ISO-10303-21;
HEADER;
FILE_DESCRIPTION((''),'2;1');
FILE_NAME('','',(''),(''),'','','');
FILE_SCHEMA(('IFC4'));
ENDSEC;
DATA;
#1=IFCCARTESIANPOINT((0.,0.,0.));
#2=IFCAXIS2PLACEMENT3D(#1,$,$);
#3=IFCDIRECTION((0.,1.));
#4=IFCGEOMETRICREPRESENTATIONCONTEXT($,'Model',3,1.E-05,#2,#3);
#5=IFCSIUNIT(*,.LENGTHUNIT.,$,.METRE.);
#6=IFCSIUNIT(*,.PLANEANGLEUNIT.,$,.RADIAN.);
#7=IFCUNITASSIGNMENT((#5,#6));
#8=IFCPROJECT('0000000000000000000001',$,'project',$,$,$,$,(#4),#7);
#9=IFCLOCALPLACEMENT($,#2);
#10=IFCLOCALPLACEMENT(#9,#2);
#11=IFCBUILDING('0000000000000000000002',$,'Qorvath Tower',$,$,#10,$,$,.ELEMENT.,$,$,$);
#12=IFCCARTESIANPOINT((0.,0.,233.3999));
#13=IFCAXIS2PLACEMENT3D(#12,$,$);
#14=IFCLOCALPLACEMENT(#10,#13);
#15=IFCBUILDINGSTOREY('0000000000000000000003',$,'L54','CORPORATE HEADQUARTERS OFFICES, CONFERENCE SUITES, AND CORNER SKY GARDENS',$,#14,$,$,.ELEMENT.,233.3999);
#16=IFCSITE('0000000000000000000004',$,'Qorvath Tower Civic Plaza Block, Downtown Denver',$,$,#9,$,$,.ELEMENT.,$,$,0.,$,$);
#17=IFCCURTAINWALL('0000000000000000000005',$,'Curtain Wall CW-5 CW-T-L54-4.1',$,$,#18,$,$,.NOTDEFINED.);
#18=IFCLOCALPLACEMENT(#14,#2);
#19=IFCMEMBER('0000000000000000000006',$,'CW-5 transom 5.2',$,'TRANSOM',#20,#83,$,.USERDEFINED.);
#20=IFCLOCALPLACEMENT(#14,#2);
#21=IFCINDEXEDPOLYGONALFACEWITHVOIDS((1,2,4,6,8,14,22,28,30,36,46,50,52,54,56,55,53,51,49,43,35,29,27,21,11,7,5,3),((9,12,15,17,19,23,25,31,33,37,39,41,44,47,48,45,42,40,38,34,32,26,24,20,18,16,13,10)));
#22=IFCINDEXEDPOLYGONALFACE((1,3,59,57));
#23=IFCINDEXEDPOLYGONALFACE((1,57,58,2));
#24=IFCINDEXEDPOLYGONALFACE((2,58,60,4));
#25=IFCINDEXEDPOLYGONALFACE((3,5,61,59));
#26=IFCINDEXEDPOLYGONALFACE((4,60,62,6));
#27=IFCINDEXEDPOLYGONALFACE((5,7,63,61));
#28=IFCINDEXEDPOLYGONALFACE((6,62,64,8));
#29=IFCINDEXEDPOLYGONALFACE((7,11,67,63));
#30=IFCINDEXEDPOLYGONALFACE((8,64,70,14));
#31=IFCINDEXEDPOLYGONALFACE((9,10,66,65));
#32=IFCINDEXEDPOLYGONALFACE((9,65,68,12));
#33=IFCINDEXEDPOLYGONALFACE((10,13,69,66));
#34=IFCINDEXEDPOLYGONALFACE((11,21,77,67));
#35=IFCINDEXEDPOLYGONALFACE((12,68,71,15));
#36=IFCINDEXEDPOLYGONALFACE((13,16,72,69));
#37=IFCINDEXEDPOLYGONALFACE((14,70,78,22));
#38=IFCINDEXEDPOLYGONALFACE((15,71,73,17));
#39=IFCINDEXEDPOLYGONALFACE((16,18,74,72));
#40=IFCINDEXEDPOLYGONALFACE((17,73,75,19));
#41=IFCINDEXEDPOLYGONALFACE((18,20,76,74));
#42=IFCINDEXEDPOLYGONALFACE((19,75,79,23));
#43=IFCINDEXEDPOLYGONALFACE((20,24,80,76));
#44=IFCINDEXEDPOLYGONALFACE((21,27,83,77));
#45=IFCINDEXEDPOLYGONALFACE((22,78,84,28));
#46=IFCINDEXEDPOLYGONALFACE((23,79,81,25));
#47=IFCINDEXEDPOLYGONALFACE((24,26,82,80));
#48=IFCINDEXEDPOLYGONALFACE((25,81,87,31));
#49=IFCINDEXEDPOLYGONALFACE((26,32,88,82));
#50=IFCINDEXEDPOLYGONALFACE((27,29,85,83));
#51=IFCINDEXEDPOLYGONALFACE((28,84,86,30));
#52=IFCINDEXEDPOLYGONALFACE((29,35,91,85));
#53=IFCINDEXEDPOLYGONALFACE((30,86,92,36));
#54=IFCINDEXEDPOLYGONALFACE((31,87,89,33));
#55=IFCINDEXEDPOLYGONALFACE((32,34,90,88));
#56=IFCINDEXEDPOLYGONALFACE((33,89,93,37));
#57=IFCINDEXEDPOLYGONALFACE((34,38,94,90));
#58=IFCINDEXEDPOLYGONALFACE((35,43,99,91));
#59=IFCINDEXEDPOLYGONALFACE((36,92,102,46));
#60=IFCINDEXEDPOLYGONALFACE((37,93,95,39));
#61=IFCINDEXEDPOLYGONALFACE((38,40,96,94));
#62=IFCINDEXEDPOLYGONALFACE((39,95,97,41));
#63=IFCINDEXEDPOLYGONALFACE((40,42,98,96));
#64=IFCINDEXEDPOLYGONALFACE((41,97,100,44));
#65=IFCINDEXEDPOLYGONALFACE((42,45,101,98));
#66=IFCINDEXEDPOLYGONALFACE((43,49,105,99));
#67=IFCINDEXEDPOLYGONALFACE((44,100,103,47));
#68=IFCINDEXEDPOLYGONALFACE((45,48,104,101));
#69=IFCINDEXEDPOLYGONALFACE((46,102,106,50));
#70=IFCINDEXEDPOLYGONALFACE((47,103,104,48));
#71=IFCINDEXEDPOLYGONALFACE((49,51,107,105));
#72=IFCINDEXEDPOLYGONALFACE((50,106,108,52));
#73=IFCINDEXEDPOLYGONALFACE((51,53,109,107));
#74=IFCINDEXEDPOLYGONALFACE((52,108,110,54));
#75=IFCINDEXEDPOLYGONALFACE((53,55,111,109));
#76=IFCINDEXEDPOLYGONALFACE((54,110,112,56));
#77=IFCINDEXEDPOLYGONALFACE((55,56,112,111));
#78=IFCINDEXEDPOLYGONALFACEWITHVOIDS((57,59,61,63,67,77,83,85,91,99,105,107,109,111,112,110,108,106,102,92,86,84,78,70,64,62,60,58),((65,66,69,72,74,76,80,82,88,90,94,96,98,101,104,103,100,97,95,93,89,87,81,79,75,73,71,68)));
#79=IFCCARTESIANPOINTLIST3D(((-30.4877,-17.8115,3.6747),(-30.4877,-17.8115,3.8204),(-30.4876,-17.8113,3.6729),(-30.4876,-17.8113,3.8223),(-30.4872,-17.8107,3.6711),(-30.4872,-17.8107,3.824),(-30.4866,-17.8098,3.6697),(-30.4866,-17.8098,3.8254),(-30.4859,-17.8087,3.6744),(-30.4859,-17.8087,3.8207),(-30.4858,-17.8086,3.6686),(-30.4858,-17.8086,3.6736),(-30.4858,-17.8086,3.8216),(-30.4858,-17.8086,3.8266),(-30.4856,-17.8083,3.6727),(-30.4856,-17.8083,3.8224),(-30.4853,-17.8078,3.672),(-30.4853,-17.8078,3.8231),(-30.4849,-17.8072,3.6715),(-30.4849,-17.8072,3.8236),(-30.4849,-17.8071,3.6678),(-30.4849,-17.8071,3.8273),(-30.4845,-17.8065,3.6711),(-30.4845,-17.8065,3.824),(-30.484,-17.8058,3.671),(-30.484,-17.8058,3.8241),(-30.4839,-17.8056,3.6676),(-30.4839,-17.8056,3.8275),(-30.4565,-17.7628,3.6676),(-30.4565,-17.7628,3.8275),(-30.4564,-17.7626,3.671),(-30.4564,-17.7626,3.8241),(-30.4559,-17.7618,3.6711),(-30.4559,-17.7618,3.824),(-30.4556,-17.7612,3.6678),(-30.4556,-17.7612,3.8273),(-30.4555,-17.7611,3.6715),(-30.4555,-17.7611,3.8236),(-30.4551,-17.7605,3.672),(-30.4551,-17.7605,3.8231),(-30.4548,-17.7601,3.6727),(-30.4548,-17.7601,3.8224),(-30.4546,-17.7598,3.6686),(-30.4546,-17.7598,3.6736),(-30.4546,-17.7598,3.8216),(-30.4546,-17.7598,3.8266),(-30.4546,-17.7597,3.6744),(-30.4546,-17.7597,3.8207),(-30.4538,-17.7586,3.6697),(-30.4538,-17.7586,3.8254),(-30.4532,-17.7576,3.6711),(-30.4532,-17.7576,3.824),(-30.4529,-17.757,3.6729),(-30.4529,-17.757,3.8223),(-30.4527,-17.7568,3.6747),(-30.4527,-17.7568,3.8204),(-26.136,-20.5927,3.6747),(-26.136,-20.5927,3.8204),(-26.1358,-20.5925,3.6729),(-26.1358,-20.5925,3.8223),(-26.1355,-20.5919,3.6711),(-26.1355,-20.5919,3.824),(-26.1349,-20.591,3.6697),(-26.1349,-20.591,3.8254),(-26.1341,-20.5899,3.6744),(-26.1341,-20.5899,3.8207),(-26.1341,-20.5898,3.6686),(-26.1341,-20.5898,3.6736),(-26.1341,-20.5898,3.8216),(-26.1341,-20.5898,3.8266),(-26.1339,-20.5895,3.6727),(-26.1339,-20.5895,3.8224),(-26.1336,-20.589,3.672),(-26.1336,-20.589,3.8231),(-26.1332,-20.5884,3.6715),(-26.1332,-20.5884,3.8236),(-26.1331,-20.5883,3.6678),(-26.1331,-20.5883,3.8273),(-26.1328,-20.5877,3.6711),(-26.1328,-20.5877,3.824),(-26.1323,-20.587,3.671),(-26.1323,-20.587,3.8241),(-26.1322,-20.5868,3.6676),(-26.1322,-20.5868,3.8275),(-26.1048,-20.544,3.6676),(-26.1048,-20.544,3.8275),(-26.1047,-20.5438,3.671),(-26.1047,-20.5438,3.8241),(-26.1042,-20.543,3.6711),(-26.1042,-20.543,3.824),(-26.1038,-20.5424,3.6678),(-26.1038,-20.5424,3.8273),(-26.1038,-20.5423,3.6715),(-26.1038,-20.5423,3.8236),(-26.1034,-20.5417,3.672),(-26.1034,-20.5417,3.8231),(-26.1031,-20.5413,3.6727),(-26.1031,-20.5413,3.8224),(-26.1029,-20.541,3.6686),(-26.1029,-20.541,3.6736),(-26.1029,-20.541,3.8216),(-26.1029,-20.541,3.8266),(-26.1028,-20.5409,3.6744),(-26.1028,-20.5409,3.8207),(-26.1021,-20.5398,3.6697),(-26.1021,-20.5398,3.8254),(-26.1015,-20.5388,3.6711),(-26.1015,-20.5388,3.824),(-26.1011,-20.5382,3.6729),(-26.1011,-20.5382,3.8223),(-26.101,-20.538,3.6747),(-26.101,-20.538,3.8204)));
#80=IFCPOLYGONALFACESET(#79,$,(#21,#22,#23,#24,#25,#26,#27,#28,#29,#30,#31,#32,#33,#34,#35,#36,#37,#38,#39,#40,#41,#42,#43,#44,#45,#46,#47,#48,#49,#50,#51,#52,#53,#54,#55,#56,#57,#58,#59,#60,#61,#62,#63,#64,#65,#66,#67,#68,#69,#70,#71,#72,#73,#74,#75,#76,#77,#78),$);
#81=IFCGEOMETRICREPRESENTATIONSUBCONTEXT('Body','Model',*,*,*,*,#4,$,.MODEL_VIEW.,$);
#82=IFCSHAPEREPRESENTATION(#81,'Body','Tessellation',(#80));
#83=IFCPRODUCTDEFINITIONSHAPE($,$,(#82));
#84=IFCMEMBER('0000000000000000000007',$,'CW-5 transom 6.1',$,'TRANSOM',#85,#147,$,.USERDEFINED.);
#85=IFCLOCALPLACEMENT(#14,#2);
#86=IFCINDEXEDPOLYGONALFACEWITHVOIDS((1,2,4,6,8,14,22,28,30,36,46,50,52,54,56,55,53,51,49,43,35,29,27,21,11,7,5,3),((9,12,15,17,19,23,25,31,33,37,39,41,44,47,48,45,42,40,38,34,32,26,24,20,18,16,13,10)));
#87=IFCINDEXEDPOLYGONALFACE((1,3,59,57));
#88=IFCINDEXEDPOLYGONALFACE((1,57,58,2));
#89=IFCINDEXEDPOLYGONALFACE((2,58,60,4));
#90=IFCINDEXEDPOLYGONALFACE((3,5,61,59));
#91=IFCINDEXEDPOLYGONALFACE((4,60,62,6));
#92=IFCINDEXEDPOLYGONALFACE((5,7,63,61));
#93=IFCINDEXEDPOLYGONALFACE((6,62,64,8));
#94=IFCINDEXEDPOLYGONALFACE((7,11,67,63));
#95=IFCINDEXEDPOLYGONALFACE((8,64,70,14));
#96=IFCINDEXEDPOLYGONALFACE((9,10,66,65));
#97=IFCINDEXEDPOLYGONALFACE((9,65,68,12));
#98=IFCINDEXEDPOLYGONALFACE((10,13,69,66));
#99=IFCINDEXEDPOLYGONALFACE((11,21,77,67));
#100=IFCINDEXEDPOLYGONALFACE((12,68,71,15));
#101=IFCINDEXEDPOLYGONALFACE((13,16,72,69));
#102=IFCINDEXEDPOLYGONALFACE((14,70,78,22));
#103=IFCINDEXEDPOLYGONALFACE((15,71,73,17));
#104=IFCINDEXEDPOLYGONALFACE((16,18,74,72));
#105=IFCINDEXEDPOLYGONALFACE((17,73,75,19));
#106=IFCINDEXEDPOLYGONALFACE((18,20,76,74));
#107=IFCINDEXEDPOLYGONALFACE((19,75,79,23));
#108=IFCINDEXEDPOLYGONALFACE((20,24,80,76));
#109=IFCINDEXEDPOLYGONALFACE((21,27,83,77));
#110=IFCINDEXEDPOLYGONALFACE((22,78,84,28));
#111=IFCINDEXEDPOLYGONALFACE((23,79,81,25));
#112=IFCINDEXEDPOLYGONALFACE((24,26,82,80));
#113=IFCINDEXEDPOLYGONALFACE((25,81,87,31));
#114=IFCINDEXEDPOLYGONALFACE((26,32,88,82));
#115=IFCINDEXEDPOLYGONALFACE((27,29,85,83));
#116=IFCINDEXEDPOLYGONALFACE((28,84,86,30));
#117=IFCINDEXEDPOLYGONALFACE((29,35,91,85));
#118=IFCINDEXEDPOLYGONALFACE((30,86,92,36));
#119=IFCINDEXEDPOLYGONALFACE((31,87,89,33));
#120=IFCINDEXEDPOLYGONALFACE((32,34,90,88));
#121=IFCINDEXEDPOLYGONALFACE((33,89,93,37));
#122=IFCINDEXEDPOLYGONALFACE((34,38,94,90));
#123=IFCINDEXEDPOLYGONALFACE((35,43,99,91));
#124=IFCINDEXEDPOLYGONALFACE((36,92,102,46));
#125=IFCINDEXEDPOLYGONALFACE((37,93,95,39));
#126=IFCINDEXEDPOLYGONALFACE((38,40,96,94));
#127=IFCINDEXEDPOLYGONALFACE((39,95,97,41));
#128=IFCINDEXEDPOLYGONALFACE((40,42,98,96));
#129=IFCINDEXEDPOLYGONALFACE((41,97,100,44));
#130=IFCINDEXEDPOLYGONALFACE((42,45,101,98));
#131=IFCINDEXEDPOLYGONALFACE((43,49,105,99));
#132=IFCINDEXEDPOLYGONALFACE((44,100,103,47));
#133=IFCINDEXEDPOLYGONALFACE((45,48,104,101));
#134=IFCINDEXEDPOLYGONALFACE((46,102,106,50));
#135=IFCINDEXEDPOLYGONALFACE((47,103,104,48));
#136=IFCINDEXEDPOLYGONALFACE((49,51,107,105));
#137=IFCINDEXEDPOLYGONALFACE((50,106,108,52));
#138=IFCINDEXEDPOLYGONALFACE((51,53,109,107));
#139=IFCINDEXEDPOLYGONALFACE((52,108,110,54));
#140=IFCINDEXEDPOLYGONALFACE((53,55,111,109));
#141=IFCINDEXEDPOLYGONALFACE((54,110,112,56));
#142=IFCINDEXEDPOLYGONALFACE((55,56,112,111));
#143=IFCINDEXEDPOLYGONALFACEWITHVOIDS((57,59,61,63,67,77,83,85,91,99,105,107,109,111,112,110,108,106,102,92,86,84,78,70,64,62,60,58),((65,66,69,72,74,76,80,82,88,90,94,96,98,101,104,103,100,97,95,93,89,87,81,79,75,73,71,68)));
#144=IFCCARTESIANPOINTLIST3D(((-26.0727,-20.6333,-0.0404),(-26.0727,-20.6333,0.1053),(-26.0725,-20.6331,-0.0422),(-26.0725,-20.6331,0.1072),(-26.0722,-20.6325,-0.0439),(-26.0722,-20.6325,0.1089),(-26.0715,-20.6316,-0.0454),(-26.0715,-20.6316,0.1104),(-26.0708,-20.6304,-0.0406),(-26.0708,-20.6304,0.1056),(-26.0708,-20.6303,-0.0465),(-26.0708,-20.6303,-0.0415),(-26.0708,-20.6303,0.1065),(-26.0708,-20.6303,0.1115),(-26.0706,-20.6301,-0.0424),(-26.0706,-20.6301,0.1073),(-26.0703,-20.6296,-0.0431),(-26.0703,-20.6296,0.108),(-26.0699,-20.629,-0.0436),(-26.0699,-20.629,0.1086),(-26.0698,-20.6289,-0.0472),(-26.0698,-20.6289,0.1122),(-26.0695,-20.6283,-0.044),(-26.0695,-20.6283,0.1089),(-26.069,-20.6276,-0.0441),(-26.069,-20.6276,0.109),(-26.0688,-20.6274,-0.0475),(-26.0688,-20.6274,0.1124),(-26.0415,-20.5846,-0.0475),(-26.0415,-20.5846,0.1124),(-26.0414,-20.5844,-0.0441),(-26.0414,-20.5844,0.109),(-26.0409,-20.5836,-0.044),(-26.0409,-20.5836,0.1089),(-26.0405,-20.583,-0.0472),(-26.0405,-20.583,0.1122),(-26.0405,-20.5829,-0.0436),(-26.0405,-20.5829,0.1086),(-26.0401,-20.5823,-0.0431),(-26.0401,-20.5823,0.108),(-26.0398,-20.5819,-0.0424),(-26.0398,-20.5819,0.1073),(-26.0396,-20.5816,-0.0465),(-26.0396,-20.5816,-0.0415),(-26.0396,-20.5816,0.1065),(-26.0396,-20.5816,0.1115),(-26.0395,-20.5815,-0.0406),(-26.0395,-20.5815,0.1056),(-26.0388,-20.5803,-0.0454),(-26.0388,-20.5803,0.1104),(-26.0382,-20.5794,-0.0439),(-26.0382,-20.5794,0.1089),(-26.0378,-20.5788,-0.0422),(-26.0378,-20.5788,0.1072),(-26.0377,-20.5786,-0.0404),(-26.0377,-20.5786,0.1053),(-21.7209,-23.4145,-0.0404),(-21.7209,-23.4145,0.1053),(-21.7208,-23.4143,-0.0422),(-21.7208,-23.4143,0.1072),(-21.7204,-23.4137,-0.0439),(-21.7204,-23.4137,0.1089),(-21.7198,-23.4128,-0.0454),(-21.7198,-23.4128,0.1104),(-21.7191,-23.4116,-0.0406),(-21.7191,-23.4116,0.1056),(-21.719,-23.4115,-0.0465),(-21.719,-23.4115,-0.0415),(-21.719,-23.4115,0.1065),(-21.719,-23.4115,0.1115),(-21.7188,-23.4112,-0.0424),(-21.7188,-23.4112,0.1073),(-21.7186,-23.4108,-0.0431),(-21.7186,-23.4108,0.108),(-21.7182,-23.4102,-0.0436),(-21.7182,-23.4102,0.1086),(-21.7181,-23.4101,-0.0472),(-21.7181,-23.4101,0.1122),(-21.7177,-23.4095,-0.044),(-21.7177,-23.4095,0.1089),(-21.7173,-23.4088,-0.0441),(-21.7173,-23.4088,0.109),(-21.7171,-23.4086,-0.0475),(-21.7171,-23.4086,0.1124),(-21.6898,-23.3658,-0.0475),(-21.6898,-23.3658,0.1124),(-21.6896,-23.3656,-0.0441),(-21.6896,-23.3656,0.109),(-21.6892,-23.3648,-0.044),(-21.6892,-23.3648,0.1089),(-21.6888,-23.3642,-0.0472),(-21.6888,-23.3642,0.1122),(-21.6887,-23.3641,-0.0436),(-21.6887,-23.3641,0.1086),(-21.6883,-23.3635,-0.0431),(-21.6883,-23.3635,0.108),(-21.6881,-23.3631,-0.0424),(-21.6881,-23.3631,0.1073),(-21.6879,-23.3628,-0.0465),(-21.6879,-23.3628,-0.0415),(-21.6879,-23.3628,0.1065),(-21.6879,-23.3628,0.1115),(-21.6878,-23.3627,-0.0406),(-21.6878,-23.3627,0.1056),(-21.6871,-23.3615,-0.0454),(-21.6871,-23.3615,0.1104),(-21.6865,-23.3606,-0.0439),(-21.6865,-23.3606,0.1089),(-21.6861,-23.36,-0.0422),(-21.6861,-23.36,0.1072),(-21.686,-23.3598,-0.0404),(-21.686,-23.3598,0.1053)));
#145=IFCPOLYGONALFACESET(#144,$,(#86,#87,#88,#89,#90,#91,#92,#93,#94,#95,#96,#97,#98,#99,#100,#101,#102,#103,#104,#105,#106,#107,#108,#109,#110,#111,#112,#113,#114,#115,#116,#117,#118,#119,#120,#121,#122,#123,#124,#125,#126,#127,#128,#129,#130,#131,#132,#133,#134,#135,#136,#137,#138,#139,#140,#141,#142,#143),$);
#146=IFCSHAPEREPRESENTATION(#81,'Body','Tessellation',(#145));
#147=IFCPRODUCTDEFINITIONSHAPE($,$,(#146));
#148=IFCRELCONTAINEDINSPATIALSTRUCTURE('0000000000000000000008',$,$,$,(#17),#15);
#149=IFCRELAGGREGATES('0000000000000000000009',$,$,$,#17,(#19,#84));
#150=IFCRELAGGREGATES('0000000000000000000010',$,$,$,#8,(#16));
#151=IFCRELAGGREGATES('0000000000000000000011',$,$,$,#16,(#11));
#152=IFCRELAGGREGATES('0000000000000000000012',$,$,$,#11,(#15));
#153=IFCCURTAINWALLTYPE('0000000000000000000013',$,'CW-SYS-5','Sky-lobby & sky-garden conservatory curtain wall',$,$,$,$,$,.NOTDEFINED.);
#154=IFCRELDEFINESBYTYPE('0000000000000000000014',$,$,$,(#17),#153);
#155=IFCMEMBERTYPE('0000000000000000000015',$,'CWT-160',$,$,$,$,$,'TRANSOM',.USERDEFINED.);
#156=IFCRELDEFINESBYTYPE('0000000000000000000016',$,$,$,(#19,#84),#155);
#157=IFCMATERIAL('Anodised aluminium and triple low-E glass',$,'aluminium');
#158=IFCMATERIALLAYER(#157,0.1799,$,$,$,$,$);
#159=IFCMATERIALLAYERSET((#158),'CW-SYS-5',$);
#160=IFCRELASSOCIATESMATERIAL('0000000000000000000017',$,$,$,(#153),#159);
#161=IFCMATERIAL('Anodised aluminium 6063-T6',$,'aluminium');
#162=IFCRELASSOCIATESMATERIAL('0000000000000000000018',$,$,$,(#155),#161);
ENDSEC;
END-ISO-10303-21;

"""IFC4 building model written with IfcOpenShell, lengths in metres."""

from ifc_helpers import new_model, si_unit, direction, frame, origin, origin_2d, place, context, subcontext, project, spatial, hollow_rectangle, extrude, material, layer, layer_set, material_profile, profile_set, type_object, element, aggregate, save


model = new_model("IFC4")

# Units and contexts
model_context = context("Model", 3, precision=1e-05, world=origin(), true_north=direction((0.0, 1.0)))
body_context = subcontext(model_context, "Body", "Model", "MODEL_VIEW")
ifc_project = project(units=[si_unit("LENGTHUNIT", "METRE"), si_unit("PLANEANGLEUNIT", "RADIAN")], contexts=[model_context])

# Site, building, storey
site_placement = place(None, origin())
site = spatial("IfcSite", under=ifc_project, at=site_placement, Name="Qorvath Tower Civic Plaza Block, Downtown Denver", CompositionType="ELEMENT", RefElevation=0.0)
building_placement = place(site_placement, origin())
building = spatial("IfcBuilding", under=site, at=building_placement, Name="Qorvath Tower", CompositionType="ELEMENT")
storey_placement = place(building_placement, frame((0.0, 0.0, 233.3999)))
storey = spatial("IfcBuildingStorey", under=building, at=storey_placement, Name="L54", Description="CORPORATE HEADQUARTERS OFFICES, CONFERENCE SUITES, AND CORNER SKY GARDENS", CompositionType="ELEMENT", Elevation=233.3999)

# Curtain wall, members
ifc_material_1 = material(Name="Anodised aluminium and triple low-E glass", Category="aluminium")
ifc_layer_1 = layer(ifc_material_1, 0.1799)
ifc_layer_set_1 = layer_set([ifc_layer_1], Name="CW-SYS-5")
curtain_wall_type = type_object("IfcCurtainWallType", Name="CW-SYS-5", Description="Sky-lobby & sky-garden conservatory curtain wall", PredefinedType="NOTDEFINED", material=ifc_layer_set_1)
curtain_wall_placement = place(storey_placement, origin())
curtain_wall = element("IfcCurtainWall", 1, at=curtain_wall_placement, inside=storey, type_object=curtain_wall_type, Name="Curtain Wall CW-5 CW-T-L54-4.1", PredefinedType="NOTDEFINED")
ifc_material_2 = material(Name="Anodised aluminium 6063-T6", Category="aluminium")
ifc_material_profile_1 = material_profile(ifc_material_2, hollow_rectangle(XDim=0.0649, YDim=0.1599, WallThickness=0.0034, InnerFilletRadius=0.0034, OuterFilletRadius=0.0071, at=origin_2d()), Name="CWT 160x65")
ifc_profile_set_1 = profile_set([ifc_material_profile_1], Name="Anodised aluminium 6063-T6")
member_type_1 = type_object("IfcMemberType", Name="CWT-160", ElementType="TRANSOM", PredefinedType="USERDEFINED", material=ifc_profile_set_1)
member_1_placement = place(storey_placement, frame((-30.4702, -17.7842, 3.7476), z_axis=(0.842615, -0.538517, 0.0), x_axis=(0.538517, 0.842615, 0.0)))
member_1 = element("IfcMember", 2, at=member_1_placement, type_object=member_type_1, Name="CW-5 transom 5.2", ObjectType="TRANSOM", PredefinedType="USERDEFINED", context=body_context, shape_type="SweptSolid", body=[
    extrude(hollow_rectangle(XDim=0.0649, YDim=0.1599, WallThickness=0.0034, InnerFilletRadius=0.0034, OuterFilletRadius=0.0071, at=origin_2d()), origin(), (0.0, 0.0, 1.0), 5.1646),
])
member_2_placement = place(storey_placement, frame((-26.0552, -20.606, 0.0325), z_axis=(0.842615, -0.538517, 0.0), x_axis=(0.538517, 0.842615, 0.0)))
member_2 = element("IfcMember", 3, at=member_2_placement, type_object=member_type_1, Name="CW-5 transom 6.1", ObjectType="TRANSOM", PredefinedType="USERDEFINED", context=body_context, shape_type="SweptSolid", body=[
    extrude(hollow_rectangle(XDim=0.0649, YDim=0.1599, WallThickness=0.0034, InnerFilletRadius=0.0034, OuterFilletRadius=0.0071, at=origin_2d()), origin(), (0.0, 0.0, 1.0), 5.1646),
])
aggregate(curtain_wall, [member_1, member_2])

save(model, "model.ifc")
